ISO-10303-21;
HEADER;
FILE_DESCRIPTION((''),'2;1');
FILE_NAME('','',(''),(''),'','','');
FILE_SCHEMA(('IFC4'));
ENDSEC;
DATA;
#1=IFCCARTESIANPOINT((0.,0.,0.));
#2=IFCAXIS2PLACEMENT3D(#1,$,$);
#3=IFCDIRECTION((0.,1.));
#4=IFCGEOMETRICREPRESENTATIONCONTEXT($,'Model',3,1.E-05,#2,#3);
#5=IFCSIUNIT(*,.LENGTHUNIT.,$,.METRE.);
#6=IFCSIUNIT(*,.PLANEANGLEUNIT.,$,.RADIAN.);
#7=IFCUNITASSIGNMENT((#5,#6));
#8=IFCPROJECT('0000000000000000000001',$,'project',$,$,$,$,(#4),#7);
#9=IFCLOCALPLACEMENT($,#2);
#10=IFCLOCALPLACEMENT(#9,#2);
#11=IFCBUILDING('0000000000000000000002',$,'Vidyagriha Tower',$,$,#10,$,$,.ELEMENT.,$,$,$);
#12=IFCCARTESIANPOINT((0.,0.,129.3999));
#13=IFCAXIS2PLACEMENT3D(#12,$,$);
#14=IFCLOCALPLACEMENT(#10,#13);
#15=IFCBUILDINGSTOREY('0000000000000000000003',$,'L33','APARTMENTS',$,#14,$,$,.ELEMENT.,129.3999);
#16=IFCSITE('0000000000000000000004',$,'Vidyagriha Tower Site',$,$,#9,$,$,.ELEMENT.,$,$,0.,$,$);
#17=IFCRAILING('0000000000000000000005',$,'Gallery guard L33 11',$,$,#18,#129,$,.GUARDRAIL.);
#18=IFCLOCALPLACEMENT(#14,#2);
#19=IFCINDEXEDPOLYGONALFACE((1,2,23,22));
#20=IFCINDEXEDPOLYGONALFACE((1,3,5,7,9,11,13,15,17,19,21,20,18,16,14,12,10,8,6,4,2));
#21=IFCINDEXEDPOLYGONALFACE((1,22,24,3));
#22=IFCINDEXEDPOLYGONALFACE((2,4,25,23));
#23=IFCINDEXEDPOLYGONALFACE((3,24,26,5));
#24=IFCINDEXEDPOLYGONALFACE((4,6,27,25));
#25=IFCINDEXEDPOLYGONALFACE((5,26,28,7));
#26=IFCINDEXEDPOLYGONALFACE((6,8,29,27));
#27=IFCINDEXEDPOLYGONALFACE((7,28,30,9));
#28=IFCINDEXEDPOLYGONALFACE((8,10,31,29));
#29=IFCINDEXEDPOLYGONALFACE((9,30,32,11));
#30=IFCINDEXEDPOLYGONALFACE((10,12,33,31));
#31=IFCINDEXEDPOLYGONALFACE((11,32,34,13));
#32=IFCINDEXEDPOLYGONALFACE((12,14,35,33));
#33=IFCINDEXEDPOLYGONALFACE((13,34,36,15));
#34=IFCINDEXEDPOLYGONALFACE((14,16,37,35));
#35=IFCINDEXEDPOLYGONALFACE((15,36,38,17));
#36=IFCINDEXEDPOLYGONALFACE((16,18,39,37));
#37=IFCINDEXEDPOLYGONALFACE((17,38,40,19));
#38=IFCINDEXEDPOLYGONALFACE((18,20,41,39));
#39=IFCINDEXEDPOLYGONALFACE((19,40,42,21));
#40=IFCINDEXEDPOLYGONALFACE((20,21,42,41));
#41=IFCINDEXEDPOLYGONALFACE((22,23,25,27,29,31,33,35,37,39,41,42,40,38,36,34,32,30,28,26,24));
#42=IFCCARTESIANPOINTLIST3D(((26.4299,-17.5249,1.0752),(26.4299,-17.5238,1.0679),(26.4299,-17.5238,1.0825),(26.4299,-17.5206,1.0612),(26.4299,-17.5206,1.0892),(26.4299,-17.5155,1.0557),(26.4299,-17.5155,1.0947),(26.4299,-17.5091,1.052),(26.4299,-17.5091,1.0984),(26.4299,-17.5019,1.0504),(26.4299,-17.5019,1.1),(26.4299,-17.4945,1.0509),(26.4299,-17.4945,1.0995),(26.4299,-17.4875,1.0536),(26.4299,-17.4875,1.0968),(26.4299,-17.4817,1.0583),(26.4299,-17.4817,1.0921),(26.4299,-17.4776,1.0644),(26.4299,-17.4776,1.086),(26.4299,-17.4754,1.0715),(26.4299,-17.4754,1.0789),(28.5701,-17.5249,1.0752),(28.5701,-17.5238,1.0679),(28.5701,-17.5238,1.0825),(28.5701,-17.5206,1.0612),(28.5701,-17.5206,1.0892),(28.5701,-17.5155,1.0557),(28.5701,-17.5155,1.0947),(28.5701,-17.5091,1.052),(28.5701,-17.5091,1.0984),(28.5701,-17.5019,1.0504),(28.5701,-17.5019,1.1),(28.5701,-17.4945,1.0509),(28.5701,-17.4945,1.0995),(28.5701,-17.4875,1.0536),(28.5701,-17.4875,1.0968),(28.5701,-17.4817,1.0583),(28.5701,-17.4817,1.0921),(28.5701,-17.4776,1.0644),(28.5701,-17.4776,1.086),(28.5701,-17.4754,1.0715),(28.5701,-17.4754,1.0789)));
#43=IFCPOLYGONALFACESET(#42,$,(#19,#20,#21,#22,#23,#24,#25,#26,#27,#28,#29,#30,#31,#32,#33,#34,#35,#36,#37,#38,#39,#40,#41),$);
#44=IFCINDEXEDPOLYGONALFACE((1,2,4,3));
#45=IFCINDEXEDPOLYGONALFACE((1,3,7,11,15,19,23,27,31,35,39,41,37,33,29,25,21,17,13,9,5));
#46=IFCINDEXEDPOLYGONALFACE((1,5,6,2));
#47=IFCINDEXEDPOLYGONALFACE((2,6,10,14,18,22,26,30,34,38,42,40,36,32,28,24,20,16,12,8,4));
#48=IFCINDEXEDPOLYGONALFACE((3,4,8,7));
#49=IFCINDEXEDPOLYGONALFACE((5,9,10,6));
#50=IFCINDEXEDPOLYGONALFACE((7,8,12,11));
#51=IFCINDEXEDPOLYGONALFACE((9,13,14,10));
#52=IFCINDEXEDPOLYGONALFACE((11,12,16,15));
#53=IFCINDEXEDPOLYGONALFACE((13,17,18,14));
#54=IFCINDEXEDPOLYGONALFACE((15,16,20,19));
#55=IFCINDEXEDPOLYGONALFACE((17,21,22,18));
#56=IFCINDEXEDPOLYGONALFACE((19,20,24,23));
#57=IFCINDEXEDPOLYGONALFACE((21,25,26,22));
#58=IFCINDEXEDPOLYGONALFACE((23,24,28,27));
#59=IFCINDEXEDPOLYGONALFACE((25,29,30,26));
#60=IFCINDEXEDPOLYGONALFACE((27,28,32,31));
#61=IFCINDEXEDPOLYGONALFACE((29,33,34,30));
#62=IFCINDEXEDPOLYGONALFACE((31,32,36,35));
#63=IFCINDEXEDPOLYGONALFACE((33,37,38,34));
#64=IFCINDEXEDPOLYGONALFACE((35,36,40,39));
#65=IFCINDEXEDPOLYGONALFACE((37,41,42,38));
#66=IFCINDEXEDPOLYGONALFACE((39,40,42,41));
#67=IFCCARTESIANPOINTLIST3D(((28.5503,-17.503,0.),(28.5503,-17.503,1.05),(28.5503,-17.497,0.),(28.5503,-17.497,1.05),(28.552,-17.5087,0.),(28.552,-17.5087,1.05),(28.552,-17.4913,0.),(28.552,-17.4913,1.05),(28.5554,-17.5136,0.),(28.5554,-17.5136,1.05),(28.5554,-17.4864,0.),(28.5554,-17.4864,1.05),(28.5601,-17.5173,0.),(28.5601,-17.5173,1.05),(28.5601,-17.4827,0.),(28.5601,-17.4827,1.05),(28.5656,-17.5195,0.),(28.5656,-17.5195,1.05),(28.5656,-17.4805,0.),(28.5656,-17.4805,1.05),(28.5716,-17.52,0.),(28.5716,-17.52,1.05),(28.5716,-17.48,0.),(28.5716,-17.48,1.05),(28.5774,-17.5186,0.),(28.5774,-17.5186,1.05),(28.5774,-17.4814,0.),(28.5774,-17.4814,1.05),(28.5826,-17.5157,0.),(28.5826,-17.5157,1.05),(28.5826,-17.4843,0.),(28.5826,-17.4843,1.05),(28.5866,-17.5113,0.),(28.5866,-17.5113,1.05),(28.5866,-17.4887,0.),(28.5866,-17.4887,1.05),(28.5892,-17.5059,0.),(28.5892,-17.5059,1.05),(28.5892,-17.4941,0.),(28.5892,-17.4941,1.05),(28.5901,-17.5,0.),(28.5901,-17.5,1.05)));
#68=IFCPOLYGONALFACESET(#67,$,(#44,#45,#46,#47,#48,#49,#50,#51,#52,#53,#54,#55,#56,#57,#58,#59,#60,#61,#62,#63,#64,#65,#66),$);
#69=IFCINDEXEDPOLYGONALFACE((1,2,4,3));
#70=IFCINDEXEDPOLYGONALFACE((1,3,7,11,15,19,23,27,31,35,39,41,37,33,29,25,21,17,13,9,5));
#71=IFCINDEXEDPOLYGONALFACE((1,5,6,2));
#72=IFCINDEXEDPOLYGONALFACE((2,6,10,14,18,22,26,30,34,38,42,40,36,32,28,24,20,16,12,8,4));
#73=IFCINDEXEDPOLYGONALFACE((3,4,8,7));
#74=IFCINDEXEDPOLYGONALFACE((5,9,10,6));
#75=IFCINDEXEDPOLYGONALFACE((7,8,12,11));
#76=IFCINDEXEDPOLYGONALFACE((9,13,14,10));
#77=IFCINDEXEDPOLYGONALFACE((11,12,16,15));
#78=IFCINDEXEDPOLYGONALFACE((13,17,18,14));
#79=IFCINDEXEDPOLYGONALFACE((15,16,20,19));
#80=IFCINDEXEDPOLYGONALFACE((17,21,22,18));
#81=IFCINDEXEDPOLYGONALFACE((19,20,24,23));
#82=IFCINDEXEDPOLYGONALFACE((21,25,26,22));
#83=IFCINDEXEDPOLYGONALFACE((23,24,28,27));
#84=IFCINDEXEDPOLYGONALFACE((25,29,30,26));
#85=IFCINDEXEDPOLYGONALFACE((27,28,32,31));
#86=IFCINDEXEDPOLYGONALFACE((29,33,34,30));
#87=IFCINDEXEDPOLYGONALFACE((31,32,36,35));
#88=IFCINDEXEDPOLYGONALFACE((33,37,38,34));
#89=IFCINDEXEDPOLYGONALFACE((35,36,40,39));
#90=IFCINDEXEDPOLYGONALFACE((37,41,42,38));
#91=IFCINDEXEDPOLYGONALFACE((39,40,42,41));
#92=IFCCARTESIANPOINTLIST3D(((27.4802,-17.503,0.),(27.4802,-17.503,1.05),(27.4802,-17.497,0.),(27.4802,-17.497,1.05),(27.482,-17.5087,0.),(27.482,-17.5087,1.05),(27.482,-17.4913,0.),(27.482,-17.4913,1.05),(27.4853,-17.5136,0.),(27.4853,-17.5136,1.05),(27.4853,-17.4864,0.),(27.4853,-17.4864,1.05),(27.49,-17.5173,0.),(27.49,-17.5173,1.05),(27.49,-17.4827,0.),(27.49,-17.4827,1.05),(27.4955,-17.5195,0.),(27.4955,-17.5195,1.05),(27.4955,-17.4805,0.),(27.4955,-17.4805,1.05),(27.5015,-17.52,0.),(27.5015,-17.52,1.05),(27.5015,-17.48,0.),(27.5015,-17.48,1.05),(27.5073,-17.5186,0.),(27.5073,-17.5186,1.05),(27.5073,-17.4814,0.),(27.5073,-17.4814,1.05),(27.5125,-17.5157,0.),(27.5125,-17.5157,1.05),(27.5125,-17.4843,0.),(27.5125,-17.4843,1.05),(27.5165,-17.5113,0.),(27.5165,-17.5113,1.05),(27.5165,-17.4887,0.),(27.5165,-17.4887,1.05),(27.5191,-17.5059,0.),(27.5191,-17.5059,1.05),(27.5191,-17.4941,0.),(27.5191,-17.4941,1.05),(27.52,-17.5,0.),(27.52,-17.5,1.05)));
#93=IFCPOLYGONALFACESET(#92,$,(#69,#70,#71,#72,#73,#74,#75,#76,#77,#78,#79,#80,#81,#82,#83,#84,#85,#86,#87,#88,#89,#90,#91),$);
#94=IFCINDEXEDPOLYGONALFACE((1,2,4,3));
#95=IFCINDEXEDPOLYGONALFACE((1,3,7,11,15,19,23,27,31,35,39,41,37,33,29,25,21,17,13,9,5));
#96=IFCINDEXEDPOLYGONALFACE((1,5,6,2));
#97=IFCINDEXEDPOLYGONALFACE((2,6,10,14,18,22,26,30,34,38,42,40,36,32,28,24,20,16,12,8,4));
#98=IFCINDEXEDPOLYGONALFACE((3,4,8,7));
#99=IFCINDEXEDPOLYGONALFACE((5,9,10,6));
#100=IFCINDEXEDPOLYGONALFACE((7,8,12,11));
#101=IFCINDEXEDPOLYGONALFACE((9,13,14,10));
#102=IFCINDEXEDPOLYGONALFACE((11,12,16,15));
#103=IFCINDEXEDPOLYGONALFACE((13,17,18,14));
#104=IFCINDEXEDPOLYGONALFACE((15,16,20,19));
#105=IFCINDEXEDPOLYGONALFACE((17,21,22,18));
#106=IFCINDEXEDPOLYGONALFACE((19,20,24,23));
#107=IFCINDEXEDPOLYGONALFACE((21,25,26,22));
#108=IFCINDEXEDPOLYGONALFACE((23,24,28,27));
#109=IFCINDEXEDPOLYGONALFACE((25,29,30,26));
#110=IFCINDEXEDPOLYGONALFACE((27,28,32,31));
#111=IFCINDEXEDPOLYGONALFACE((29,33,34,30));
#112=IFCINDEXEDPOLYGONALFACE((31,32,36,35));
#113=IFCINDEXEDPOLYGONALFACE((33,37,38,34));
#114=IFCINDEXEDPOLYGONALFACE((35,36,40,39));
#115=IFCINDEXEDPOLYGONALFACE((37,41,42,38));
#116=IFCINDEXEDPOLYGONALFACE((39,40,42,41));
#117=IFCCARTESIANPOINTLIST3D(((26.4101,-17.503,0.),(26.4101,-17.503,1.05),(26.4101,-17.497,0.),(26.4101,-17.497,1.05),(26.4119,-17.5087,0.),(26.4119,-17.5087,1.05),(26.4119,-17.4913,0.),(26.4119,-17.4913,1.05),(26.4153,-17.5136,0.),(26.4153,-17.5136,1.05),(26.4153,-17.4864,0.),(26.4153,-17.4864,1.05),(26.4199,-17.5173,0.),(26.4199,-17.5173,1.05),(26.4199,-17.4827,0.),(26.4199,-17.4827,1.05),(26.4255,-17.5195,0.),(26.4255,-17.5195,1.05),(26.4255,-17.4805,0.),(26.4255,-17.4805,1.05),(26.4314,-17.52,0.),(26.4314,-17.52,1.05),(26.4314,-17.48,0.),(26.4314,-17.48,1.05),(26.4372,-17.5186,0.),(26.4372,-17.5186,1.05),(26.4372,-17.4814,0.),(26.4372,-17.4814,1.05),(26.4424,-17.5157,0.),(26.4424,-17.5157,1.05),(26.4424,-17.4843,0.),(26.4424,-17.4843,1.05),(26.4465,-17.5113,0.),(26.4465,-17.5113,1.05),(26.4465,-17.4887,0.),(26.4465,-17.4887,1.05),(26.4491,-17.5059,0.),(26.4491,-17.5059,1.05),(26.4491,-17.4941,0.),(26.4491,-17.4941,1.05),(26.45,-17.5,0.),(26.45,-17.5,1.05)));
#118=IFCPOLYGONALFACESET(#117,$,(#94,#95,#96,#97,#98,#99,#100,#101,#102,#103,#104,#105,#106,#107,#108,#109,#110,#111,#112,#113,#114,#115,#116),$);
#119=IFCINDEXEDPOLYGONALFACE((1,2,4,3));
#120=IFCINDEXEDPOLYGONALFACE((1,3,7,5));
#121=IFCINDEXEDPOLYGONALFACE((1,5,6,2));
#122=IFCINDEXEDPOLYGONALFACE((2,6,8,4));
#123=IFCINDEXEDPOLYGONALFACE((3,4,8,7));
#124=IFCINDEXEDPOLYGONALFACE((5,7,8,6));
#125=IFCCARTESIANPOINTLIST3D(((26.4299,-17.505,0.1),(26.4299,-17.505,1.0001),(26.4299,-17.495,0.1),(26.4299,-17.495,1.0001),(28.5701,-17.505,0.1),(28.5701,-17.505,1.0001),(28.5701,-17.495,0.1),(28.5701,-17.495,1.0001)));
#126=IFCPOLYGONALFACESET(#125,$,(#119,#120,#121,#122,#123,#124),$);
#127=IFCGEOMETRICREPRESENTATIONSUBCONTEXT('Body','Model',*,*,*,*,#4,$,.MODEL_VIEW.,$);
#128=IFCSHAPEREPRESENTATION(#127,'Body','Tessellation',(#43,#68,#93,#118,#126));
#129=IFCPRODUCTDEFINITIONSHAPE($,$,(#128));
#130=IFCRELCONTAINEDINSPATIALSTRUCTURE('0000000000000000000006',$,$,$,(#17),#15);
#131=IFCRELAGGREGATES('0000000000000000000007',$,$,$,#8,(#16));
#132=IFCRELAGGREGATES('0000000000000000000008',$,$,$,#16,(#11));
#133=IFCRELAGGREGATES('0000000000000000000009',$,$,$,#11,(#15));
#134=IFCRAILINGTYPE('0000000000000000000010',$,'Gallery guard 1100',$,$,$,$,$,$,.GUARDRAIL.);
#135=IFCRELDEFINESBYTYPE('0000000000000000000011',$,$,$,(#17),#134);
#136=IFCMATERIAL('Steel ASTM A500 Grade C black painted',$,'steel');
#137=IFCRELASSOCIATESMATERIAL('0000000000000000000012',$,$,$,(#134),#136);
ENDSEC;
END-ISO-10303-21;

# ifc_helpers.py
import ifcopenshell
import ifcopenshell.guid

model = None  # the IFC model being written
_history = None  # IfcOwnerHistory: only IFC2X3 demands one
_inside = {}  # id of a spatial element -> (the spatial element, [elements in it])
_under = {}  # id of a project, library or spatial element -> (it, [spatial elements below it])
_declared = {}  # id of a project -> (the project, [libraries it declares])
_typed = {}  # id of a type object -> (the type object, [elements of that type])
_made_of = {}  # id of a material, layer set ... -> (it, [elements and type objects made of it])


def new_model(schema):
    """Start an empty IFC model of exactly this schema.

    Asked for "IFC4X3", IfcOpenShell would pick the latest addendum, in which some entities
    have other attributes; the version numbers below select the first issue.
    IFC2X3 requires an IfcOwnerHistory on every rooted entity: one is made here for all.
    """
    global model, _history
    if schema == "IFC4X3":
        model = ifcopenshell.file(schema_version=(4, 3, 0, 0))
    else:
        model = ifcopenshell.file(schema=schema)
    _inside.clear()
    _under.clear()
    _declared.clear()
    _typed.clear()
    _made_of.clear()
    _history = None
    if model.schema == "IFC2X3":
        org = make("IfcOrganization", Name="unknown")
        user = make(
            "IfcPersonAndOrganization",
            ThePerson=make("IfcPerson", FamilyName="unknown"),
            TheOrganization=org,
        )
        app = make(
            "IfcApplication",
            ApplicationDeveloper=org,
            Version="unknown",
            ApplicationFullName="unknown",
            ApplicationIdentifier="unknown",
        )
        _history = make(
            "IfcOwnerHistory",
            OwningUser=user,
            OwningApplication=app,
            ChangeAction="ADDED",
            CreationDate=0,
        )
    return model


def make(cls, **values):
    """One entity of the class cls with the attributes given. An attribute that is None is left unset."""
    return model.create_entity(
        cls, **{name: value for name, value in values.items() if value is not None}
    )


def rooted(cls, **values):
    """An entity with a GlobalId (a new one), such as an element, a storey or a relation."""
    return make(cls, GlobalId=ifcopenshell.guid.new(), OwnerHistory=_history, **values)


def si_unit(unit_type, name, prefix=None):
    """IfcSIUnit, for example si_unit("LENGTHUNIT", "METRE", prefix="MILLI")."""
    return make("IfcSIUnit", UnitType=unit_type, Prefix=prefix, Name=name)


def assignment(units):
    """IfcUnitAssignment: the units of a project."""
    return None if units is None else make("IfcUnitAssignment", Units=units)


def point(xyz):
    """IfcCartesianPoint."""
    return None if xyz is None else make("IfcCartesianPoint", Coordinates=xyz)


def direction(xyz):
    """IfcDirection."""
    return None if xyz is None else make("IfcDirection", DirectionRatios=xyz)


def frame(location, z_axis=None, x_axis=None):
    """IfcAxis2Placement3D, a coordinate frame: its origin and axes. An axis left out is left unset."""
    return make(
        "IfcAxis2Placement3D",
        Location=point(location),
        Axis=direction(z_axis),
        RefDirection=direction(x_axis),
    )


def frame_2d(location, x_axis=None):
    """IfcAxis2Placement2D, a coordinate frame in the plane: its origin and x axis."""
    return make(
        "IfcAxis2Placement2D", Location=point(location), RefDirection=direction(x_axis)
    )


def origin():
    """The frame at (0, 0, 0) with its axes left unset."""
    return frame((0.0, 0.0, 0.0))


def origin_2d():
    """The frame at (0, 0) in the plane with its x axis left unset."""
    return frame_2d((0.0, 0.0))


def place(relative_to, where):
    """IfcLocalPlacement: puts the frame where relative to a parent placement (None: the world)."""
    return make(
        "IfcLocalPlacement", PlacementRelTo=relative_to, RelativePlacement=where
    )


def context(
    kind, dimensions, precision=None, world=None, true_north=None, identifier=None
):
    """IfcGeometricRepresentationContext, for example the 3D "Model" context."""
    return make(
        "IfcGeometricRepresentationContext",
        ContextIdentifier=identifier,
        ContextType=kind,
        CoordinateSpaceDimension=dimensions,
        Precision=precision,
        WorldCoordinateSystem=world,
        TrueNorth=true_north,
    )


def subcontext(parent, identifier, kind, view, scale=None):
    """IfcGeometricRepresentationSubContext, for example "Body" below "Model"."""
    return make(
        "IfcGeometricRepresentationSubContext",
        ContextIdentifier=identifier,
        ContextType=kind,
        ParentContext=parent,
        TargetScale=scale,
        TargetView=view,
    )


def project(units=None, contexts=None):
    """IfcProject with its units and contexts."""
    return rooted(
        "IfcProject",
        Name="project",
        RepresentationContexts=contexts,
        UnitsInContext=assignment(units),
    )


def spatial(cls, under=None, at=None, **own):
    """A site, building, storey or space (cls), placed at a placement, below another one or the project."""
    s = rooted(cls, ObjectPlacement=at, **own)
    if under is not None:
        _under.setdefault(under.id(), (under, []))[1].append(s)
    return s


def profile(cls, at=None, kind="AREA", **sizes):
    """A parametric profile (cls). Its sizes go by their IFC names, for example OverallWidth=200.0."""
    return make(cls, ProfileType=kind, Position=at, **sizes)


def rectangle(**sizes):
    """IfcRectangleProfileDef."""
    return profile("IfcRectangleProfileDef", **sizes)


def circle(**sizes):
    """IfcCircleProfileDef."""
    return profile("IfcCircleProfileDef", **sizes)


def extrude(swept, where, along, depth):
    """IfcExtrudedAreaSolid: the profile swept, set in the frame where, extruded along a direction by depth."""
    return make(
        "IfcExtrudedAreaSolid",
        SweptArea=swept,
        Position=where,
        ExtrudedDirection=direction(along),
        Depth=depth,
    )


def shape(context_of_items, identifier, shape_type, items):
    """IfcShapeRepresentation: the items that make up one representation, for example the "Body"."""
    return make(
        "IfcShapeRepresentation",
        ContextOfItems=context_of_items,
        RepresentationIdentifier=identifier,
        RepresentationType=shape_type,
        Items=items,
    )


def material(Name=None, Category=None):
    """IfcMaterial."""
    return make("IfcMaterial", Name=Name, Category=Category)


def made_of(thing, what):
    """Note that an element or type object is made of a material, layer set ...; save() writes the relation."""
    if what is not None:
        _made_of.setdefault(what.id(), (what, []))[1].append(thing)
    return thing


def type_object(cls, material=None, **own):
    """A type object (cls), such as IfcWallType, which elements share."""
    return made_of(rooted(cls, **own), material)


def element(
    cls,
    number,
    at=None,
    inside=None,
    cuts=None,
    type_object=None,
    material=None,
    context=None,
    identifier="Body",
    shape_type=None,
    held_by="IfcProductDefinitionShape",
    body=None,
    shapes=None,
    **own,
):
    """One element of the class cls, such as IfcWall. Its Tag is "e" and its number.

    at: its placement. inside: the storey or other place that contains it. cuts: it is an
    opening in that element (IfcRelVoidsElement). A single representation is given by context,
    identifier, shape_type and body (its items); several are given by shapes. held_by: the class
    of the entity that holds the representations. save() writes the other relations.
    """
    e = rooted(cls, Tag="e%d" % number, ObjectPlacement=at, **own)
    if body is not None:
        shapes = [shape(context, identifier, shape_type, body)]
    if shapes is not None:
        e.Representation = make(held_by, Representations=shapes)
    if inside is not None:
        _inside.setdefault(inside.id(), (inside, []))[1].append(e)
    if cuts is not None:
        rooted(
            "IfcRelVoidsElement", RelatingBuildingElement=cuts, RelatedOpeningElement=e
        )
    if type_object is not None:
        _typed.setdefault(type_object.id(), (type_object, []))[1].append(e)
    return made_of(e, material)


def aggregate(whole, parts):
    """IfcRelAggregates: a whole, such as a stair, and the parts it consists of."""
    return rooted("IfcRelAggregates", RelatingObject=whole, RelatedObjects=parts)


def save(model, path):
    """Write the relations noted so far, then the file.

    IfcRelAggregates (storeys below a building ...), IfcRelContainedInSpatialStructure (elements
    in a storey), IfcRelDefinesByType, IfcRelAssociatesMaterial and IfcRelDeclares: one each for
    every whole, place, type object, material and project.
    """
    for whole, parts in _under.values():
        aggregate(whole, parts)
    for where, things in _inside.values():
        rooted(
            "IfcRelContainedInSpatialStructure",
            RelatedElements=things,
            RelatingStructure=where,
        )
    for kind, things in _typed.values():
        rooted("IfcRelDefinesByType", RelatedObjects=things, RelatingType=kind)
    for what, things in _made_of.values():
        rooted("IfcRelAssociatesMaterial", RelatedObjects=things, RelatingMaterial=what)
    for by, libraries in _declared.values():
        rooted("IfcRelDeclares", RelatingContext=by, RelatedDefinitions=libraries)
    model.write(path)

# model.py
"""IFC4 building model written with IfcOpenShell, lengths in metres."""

from ifc_helpers import new_model, si_unit, direction, frame, origin, origin_2d, place, context, subcontext, project, spatial, rectangle, circle, extrude, material, type_object, element, save


model = new_model("IFC4")

# Units and contexts
model_context = context("Model", 3, precision=1e-05, world=origin(), true_north=direction((0.0, 1.0)))
body_context = subcontext(model_context, "Body", "Model", "MODEL_VIEW")
ifc_project = project(units=[si_unit("LENGTHUNIT", "METRE"), si_unit("PLANEANGLEUNIT", "RADIAN")], contexts=[model_context])

# Site, building, storey
site_placement = place(None, origin())
site = spatial("IfcSite", under=ifc_project, at=site_placement, Name="Vidyagriha Tower Site", CompositionType="ELEMENT", RefElevation=0.0)
building_placement = place(site_placement, origin())
building = spatial("IfcBuilding", under=site, at=building_placement, Name="Vidyagriha Tower", CompositionType="ELEMENT")
storey_placement = place(building_placement, frame((0.0, 0.0, 129.3999)))
storey = spatial("IfcBuildingStorey", under=building, at=storey_placement, Name="L33", Description="APARTMENTS", CompositionType="ELEMENT", Elevation=129.3999)

# Railing
ifc_material_1 = material(Name="Steel ASTM A500 Grade C black painted", Category="steel")
railing_type = type_object("IfcRailingType", Name="Gallery guard 1100", PredefinedType="GUARDRAIL", material=ifc_material_1)
railing_1_placement = place(storey_placement, frame((28.5701, -17.5, 0.0)))
element("IfcRailing", 1, at=railing_1_placement, inside=storey, type_object=railing_type, Name="Gallery guard L33 11", PredefinedType="GUARDRAIL", context=body_context, shape_type="SweptSolid", body=[
    extrude(circle(Radius=0.0249, at=origin_2d()), frame((0.0, 0.0, 1.0752), z_axis=(-1.0, 0.0, 0.0), x_axis=(0.0, -1.0, 0.0)), (0.0, 0.0, 1.0), 2.1401),
    extrude(circle(Radius=0.02, at=origin_2d()), origin(), (0.0, 0.0, 1.0), 1.05),
    extrude(circle(Radius=0.02, at=origin_2d()), frame((-1.0701, 0.0, 0.0)), (0.0, 0.0, 1.0), 1.05),
    extrude(circle(Radius=0.02, at=origin_2d()), frame((-2.1401, 0.0, 0.0)), (0.0, 0.0, 1.0), 1.05),
    extrude(rectangle(XDim=0.01, YDim=0.9001, at=origin_2d()), frame((0.0, 0.0, 0.55), z_axis=(-1.0, 0.0, 0.0), x_axis=(0.0, -1.0, 0.0)), (0.0, 0.0, 1.0), 2.1401),
])

save(model, "model.ifc")
